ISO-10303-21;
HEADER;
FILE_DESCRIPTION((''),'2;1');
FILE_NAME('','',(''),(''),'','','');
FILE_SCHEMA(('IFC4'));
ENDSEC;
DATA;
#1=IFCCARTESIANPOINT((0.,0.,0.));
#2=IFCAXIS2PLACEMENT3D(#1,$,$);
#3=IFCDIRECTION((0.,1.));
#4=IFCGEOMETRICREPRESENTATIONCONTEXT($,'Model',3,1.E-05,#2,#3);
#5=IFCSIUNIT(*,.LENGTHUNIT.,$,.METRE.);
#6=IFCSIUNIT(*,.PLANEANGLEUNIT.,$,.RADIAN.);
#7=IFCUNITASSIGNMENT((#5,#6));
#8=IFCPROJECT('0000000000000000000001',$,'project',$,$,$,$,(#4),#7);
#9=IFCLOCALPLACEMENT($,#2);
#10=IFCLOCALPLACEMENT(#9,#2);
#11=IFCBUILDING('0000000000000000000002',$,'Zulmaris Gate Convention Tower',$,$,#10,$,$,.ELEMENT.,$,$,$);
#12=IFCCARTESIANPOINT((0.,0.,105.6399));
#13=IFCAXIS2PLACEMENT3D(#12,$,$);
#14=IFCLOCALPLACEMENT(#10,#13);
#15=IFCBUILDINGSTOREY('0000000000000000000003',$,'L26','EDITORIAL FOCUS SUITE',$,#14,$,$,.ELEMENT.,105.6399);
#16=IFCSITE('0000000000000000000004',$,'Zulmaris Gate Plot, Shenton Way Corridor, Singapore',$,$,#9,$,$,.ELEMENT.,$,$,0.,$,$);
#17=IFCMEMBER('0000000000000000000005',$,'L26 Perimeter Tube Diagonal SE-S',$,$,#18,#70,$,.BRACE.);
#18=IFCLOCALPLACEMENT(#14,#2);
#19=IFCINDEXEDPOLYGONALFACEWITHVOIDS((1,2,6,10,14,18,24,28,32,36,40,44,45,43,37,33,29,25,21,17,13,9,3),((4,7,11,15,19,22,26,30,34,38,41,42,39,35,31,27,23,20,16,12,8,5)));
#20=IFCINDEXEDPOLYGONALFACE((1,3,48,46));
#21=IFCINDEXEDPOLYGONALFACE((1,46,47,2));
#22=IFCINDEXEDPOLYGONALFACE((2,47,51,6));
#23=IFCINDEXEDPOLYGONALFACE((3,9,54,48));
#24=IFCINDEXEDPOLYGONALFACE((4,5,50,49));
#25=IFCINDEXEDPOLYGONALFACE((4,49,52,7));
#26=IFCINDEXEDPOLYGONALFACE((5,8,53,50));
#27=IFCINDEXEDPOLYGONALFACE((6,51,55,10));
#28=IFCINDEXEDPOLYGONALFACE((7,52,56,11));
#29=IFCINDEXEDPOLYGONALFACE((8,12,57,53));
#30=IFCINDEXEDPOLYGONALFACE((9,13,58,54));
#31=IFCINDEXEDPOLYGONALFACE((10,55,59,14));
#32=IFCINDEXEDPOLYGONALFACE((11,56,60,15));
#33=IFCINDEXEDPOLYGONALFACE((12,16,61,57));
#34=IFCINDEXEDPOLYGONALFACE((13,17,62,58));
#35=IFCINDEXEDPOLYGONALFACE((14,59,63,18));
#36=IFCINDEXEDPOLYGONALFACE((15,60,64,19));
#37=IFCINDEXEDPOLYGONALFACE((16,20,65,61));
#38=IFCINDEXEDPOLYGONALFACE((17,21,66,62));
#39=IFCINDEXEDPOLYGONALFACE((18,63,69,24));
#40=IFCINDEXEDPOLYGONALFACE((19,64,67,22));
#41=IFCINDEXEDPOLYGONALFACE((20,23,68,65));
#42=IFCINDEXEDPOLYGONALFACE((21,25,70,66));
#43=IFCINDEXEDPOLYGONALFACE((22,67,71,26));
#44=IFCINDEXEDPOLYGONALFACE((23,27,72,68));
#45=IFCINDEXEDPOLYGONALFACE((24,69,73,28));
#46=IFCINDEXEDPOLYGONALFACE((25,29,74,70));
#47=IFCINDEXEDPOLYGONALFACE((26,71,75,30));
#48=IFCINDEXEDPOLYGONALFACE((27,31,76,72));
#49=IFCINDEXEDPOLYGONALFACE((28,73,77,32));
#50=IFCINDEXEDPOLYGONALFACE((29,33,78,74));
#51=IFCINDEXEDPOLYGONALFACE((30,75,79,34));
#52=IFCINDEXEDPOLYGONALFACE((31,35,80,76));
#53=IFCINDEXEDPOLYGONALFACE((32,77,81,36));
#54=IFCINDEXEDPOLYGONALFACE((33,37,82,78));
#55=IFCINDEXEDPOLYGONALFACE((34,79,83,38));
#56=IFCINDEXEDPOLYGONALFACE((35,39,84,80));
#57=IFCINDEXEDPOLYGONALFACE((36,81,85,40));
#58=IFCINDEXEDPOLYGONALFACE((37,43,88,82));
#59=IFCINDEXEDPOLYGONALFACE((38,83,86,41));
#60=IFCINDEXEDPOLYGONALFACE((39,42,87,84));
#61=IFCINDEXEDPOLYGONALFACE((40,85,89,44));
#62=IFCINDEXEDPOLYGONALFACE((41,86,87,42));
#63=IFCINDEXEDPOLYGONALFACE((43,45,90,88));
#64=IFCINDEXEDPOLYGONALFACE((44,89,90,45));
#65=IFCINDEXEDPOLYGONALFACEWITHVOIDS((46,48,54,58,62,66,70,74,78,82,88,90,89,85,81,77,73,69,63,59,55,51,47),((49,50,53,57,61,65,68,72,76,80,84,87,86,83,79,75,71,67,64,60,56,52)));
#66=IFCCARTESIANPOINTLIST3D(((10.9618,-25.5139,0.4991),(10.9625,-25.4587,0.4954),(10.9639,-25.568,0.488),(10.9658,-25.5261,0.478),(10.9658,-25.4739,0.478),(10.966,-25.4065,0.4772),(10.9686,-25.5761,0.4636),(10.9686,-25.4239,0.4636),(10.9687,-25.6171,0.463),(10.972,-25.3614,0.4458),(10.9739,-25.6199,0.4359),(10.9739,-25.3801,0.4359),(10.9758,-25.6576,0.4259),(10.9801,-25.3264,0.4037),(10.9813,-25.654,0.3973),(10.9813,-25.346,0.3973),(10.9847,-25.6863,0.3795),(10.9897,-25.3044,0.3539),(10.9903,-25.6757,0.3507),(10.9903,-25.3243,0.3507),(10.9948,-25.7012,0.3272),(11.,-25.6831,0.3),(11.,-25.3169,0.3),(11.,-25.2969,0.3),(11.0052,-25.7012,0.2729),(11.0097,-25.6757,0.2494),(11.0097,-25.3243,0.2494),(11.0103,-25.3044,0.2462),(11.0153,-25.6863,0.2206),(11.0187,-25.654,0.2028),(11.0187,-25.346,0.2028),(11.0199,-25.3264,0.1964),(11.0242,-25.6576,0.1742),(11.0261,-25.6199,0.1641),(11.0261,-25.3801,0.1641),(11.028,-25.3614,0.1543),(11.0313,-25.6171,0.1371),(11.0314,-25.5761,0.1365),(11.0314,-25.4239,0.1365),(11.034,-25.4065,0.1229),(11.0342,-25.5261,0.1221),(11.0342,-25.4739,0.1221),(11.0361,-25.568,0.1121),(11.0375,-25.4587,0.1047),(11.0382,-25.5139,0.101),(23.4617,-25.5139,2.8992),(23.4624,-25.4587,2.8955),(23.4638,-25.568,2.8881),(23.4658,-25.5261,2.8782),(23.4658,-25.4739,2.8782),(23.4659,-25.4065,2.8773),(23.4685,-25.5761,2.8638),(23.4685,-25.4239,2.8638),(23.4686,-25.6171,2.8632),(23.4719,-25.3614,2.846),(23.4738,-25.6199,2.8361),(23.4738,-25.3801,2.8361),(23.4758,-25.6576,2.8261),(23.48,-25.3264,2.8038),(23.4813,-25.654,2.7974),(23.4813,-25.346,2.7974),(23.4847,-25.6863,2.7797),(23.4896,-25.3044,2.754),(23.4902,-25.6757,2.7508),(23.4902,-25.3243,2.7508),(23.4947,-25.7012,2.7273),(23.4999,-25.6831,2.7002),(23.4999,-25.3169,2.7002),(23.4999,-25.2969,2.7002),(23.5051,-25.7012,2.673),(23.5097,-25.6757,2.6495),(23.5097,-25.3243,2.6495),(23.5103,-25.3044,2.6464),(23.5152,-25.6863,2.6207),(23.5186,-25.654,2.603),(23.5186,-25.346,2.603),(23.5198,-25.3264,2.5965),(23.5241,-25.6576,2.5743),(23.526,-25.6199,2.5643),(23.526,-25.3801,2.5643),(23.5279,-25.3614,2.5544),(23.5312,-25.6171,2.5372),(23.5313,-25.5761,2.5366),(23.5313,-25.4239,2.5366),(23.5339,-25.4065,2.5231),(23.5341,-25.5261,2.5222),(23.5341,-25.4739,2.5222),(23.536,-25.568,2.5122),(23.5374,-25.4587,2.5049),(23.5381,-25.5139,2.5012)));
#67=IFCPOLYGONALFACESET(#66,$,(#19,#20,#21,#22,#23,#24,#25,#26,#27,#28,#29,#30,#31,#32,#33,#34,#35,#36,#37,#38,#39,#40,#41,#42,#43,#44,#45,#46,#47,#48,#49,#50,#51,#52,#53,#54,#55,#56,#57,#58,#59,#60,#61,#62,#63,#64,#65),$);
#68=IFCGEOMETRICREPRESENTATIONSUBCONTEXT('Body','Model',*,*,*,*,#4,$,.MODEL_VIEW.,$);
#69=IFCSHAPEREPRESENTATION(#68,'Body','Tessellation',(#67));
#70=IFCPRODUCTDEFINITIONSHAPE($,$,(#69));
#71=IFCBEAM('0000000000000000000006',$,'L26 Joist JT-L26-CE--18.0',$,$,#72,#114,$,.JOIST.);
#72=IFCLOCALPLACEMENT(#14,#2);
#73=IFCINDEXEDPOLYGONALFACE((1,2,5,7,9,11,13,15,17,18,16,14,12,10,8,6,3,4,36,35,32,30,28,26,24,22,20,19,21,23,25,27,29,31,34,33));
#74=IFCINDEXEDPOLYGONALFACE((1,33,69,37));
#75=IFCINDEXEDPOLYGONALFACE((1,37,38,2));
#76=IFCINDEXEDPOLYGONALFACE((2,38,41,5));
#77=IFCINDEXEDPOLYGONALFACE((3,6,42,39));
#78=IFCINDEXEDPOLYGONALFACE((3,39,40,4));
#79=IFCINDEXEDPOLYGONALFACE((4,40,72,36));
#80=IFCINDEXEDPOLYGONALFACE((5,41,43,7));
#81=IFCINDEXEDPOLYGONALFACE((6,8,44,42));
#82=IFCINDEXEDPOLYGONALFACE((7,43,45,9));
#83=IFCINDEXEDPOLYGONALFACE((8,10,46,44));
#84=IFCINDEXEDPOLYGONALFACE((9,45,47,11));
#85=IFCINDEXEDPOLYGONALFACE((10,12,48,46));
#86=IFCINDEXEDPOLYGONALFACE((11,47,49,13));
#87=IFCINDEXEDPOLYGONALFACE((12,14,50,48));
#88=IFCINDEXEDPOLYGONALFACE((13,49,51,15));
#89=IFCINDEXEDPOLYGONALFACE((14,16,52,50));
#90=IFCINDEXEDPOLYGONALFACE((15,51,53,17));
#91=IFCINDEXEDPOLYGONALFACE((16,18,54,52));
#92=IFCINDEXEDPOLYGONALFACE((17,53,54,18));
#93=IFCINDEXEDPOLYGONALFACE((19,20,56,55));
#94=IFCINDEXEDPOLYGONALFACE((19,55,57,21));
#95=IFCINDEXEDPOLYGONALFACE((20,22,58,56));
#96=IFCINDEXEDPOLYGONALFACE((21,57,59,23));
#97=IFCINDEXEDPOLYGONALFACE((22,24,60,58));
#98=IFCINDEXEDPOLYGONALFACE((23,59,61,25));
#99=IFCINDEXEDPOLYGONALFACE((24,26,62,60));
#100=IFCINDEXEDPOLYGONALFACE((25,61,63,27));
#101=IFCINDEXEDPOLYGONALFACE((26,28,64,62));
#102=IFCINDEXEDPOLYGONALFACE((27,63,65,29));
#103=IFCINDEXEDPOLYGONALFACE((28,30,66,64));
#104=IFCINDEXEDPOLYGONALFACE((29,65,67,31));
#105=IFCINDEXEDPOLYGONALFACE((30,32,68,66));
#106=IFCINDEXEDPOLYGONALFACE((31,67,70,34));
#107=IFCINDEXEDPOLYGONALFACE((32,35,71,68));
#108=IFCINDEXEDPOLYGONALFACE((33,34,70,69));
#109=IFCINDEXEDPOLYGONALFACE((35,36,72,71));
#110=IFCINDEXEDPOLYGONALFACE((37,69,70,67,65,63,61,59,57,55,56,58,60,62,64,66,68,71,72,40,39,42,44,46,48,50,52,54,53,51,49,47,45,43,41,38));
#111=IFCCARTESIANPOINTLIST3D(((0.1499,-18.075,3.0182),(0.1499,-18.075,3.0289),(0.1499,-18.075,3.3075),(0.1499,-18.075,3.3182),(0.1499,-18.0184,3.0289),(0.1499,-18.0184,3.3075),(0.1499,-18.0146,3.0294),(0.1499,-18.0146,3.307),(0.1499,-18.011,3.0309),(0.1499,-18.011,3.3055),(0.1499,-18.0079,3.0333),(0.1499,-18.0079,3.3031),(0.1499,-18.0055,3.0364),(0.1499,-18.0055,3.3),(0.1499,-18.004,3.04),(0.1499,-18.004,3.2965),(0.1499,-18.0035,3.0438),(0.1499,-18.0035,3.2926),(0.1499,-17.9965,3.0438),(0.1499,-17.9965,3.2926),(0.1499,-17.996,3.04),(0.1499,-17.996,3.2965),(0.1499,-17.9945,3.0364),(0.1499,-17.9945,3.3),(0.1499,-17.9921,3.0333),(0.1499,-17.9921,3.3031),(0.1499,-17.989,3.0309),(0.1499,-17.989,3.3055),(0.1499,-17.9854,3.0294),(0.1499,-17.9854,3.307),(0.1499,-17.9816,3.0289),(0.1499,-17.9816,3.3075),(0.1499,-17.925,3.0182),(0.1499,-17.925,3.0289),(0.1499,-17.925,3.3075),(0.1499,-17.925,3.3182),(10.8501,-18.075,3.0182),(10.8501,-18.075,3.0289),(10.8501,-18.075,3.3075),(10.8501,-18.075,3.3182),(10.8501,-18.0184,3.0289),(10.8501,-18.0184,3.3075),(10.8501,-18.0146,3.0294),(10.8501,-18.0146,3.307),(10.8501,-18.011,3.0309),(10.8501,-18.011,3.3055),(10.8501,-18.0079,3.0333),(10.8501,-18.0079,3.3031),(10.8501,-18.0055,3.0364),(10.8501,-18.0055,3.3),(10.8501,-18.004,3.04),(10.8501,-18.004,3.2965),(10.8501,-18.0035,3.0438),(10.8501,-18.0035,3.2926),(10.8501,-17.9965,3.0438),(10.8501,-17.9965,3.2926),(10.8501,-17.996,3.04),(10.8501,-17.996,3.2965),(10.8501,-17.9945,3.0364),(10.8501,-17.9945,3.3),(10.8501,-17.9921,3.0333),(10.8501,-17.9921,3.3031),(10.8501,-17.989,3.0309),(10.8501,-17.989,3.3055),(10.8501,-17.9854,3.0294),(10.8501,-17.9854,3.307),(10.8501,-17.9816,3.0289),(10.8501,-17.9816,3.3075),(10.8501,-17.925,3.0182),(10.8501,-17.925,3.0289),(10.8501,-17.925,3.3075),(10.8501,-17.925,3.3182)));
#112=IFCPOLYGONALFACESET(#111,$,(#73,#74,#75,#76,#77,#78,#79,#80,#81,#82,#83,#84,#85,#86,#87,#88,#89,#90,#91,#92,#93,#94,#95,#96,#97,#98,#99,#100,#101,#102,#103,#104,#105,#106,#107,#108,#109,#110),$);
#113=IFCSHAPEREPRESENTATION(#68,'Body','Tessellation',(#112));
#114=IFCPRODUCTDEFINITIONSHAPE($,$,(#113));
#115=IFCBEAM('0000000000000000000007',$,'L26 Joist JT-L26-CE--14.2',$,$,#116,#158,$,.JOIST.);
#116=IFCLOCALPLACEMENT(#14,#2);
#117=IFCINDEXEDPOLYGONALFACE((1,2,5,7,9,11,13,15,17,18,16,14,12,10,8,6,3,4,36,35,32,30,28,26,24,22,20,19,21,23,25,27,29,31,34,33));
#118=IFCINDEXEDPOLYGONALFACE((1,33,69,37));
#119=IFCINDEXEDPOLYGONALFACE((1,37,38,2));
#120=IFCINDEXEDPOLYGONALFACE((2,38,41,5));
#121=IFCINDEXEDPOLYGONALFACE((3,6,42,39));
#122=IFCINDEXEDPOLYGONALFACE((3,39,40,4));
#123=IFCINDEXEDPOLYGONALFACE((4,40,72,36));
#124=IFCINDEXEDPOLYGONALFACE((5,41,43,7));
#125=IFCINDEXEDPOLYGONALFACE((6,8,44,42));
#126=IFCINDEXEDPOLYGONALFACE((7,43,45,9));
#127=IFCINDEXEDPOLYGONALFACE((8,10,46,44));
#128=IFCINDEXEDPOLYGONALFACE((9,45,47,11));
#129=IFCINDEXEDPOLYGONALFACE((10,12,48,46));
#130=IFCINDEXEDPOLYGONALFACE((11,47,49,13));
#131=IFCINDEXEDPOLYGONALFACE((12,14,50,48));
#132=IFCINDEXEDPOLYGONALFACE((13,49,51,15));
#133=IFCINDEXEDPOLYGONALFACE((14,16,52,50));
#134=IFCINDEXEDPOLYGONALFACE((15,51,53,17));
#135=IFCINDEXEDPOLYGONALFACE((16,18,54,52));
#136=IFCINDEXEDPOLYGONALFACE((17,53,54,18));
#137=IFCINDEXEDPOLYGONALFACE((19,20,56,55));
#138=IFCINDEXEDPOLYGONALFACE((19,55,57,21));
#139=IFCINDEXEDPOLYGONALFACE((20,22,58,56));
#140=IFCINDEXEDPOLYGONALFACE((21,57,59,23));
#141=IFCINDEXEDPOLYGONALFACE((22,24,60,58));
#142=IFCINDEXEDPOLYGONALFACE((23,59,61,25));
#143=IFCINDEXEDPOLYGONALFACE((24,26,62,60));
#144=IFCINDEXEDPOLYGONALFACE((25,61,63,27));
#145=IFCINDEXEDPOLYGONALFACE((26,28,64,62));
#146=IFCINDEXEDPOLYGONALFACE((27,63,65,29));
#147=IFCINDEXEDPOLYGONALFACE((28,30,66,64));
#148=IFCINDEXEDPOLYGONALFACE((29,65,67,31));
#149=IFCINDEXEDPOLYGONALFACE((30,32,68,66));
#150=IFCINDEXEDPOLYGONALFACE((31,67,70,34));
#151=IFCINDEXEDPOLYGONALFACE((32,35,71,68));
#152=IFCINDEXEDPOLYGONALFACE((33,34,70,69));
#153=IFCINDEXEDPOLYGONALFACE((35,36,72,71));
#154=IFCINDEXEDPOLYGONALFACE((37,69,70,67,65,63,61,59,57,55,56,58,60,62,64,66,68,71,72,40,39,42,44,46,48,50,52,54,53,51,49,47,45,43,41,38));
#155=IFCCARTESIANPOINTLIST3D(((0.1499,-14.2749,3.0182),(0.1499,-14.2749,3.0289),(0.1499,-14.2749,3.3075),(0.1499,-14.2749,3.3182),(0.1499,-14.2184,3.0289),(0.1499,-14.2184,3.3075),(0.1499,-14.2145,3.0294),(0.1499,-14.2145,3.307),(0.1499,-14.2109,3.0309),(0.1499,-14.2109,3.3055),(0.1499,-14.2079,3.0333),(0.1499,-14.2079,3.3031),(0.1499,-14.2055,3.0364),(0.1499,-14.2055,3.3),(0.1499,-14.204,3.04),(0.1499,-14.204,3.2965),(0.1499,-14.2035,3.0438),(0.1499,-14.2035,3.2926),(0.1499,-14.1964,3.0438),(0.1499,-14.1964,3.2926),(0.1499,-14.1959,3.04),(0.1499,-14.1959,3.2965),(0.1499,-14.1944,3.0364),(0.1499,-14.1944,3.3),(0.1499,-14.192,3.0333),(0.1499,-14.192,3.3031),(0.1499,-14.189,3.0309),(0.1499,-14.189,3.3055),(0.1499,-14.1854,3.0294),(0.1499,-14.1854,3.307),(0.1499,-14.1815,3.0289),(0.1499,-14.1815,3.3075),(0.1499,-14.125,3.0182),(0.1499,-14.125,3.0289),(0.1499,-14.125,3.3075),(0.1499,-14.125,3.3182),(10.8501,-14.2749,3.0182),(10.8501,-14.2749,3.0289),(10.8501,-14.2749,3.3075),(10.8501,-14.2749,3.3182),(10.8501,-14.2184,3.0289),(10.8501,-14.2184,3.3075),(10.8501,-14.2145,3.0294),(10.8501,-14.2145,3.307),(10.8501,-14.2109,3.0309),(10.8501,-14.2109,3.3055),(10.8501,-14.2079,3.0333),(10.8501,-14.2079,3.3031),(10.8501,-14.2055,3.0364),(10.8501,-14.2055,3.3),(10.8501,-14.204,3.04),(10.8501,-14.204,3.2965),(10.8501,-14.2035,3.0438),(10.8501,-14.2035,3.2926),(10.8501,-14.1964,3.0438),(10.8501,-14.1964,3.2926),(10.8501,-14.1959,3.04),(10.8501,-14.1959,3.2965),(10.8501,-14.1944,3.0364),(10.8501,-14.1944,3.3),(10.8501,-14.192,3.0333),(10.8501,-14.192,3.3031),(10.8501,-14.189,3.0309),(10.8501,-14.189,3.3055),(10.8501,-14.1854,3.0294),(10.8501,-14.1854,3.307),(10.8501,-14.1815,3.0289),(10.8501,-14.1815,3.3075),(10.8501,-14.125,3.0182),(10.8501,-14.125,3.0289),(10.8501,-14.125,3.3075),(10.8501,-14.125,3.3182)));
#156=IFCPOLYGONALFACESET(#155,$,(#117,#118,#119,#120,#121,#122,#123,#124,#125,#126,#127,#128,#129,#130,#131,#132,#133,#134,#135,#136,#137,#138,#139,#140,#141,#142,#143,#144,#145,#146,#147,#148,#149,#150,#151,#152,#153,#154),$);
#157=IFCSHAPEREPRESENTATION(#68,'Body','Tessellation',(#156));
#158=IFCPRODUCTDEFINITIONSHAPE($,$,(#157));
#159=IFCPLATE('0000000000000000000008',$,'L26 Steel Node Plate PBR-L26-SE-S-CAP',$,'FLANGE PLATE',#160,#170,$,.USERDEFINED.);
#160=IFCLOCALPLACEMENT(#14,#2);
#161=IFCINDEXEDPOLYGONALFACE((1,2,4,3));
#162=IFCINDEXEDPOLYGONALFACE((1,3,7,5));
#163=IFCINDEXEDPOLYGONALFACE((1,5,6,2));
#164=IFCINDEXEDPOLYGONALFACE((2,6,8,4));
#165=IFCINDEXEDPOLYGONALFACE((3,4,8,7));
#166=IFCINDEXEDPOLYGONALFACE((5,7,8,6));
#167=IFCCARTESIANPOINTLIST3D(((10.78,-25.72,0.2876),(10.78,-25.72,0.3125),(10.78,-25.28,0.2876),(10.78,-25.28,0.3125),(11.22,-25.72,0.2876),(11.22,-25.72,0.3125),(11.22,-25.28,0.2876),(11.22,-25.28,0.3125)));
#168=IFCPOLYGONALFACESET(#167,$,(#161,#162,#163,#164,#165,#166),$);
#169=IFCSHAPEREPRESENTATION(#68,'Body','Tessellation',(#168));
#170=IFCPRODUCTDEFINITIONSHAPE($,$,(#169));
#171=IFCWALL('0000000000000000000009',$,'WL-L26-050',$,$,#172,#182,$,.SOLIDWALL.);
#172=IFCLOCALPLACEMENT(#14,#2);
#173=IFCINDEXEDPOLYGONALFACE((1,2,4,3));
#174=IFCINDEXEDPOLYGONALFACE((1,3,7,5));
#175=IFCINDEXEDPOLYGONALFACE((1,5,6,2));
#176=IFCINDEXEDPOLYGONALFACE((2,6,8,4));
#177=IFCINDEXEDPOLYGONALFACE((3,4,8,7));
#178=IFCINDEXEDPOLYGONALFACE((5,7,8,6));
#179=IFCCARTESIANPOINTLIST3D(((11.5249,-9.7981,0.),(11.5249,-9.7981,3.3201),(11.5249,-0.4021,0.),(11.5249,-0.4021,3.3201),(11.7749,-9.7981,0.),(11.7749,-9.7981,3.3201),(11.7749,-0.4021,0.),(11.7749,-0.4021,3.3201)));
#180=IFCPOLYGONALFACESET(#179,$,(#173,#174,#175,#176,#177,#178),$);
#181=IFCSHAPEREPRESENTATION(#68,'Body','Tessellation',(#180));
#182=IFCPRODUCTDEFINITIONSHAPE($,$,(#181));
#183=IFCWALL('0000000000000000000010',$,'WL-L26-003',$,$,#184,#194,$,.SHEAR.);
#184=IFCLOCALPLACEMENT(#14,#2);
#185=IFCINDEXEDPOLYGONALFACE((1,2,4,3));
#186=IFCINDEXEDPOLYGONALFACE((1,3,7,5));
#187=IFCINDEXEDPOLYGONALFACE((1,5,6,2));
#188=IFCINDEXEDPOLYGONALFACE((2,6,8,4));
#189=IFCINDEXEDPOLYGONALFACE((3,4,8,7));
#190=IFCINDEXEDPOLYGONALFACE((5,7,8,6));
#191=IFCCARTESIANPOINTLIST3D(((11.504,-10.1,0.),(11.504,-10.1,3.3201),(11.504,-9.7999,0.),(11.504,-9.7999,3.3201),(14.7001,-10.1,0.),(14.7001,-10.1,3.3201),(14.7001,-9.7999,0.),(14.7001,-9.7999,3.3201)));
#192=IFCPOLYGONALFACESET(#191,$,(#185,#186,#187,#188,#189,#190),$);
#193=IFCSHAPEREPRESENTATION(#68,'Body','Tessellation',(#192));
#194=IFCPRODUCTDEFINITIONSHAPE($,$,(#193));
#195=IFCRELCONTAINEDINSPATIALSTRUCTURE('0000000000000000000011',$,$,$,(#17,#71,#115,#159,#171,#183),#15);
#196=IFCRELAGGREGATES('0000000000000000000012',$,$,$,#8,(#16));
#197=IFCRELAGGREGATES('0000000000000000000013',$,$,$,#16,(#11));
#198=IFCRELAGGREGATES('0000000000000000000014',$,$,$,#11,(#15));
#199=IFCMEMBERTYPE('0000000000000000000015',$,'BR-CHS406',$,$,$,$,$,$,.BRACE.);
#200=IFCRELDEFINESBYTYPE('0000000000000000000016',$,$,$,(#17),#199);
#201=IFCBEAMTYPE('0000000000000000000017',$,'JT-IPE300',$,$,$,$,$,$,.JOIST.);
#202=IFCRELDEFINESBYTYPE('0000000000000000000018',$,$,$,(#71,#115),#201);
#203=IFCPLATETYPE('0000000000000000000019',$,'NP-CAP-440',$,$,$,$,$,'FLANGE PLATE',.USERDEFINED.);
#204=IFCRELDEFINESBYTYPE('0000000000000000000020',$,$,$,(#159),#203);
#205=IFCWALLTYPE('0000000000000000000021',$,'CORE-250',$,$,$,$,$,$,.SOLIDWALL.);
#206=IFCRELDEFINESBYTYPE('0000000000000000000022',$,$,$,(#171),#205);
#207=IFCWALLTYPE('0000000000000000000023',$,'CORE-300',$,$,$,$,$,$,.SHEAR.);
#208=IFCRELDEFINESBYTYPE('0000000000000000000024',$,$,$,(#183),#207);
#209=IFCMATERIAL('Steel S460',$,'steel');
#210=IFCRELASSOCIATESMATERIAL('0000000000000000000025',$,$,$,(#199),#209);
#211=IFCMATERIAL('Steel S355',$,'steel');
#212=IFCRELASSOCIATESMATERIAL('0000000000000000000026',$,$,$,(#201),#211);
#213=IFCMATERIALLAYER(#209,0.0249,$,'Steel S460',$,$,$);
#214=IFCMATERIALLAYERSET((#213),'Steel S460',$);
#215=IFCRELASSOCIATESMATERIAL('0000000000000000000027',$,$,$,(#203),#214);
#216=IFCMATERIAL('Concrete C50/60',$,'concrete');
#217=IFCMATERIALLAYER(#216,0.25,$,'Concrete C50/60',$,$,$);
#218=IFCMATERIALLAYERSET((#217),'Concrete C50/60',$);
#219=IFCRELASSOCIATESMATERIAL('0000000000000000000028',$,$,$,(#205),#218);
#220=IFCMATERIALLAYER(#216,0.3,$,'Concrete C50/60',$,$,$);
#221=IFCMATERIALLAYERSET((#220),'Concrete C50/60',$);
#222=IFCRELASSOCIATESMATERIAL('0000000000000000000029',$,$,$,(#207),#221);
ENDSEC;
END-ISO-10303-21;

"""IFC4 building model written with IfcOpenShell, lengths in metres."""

from ifc_helpers import new_model, si_unit, direction, frame, frame_2d, origin, origin_2d, place, context, subcontext, project, spatial, rectangle, hollow_circle, i_section, extrude, material, layer, layer_set, material_profile, profile_set, type_object, element, save


model = new_model("IFC4")

# Units and contexts
model_context = context("Model", 3, precision=1e-05, world=origin(), true_north=direction((0.0, 1.0)))
body_context = subcontext(model_context, "Body", "Model", "MODEL_VIEW")
ifc_project = project(units=[si_unit("LENGTHUNIT", "METRE"), si_unit("PLANEANGLEUNIT", "RADIAN")], contexts=[model_context])

# Site, building, storey
site_placement = place(None, origin())
site = spatial("IfcSite", under=ifc_project, at=site_placement, Name="Zulmaris Gate Plot, Shenton Way Corridor, Singapore", CompositionType="ELEMENT", RefElevation=0.0)
building_placement = place(site_placement, origin())
building = spatial("IfcBuilding", under=site, at=building_placement, Name="Zulmaris Gate Convention Tower", CompositionType="ELEMENT")
storey_placement = place(building_placement, frame((0.0, 0.0, 105.6399)))
storey = spatial("IfcBuildingStorey", under=building, at=storey_placement, Name="L26", Description="EDITORIAL FOCUS SUITE", CompositionType="ELEMENT", Elevation=105.6399)

# Shared definitions
ifc_material_1 = material(Name="Steel S355", Category="steel")

# Member
ifc_material_2 = material(Name="Steel S460", Category="steel")
ifc_material_profile_1 = material_profile(ifc_material_2, hollow_circle(Radius=0.2031, WallThickness=0.02, at=origin_2d()), Name="CHS 406.4x20")
ifc_profile_set_1 = profile_set([ifc_material_profile_1], Name="Steel S460")
member_type = type_object("IfcMemberType", Name="BR-CHS406", PredefinedType="BRACE", material=ifc_profile_set_1)
member_placement = place(storey_placement, frame((11.0, -25.5, 0.3), z_axis=(0.98206, 0.0, 0.188567), x_axis=(0.0, 1.0, 0.0)))
element("IfcMember", 1, at=member_placement, inside=storey, type_object=member_type, Name="L26 Perimeter Tube Diagonal SE-S", PredefinedType="BRACE", context=body_context, shape_type="SweptSolid", body=[
    extrude(hollow_circle(Radius=0.2031, WallThickness=0.02, at=origin_2d()), origin(), (0.0, 0.0, 1.0), 12.7283),
])

# Beams
ifc_material_profile_2 = material_profile(ifc_material_1, i_section(OverallWidth=0.1499, OverallDepth=0.3, WebThickness=0.0071, FlangeThickness=0.0107, FilletRadius=0.0149, at=origin_2d()), Name="IPE 300")
ifc_profile_set_2 = profile_set([ifc_material_profile_2], Name="Steel S355")
beam_type_1 = type_object("IfcBeamType", Name="JT-IPE300", PredefinedType="JOIST", material=ifc_profile_set_2)
for number, where, z_axis, x_axis, name in (
    (2, (0.1499, -18.0, 3.1682), (1.0, 0.0, 0.0), (0.0, 1.0, 0.0), "L26 Joist JT-L26-CE--18.0"),
    (3, (0.1499, -14.2, 3.1682), (1.0, 0.0, 0.0), (0.0, 1.0, 0.0), "L26 Joist JT-L26-CE--14.2"),
):
    element("IfcBeam", number, at=place(storey_placement, frame(where, z_axis=z_axis, x_axis=x_axis)), inside=storey, type_object=beam_type_1, Name=name, PredefinedType="JOIST", context=body_context, shape_type="SweptSolid", body=[
        extrude(i_section(OverallWidth=0.1499, OverallDepth=0.3, WebThickness=0.0071, FlangeThickness=0.0107, FilletRadius=0.0149, at=origin_2d()), origin(), (0.0, 0.0, 1.0), 10.7002),
    ])

# Plate
ifc_layer_1 = layer(ifc_material_2, 0.0249, Name="Steel S460")
ifc_layer_set_1 = layer_set([ifc_layer_1], Name="Steel S460")
plate_type = type_object("IfcPlateType", Name="NP-CAP-440", ElementType="FLANGE PLATE", PredefinedType="USERDEFINED", material=ifc_layer_set_1)
plate_placement = place(storey_placement, frame((11.0, -25.5, 0.2876), z_axis=(0.0, 0.0, 1.0), x_axis=(1.0, 0.0, 0.0)))
element("IfcPlate", 4, at=plate_placement, inside=storey, type_object=plate_type, Name="L26 Steel Node Plate PBR-L26-SE-S-CAP", ObjectType="FLANGE PLATE", PredefinedType="USERDEFINED", context=body_context, shape_type="SweptSolid", body=[
    extrude(rectangle(XDim=0.4399, YDim=0.4399, at=origin_2d()), origin(), (0.0, 0.0, 1.0), 0.0249),
])

# Walls
ifc_material_3 = material(Name="Concrete C50/60", Category="concrete")
ifc_layer_2 = layer(ifc_material_3, 0.25, Name="Concrete C50/60")
ifc_layer_set_2 = layer_set([ifc_layer_2], Name="Concrete C50/60")
wall_type_1 = type_object("IfcWallType", Name="CORE-250", PredefinedType="SOLIDWALL", material=ifc_layer_set_2)
wall_1_placement = place(storey_placement, frame((11.6499, -9.7981, 0.0), z_axis=(0.0, 0.0, 1.0), x_axis=(0.0, 1.0, 0.0)))
element("IfcWall", 5, at=wall_1_placement, inside=storey, type_object=wall_type_1, Name="WL-L26-050", PredefinedType="SOLIDWALL", context=body_context, shape_type="SweptSolid", body=[
    extrude(rectangle(XDim=9.396, YDim=0.25, at=frame_2d((4.698, 0.0))), origin(), (0.0, 0.0, 1.0), 3.3201),
])
ifc_layer_3 = layer(ifc_material_3, 0.3, Name="Concrete C50/60")
ifc_layer_set_3 = layer_set([ifc_layer_3], Name="Concrete C50/60")
wall_type_2 = type_object("IfcWallType", Name="CORE-300", PredefinedType="SHEAR", material=ifc_layer_set_3)
wall_2_placement = place(storey_placement, frame((11.5039, -9.95, 0.0), z_axis=(0.0, 0.0, 1.0), x_axis=(1.0, 0.0, 0.0)))
element("IfcWall", 6, at=wall_2_placement, inside=storey, type_object=wall_type_2, Name="WL-L26-003", PredefinedType="SHEAR", context=body_context, shape_type="SweptSolid", body=[
    extrude(rectangle(XDim=3.196, YDim=0.3, at=frame_2d((1.5981, 0.0))), origin(), (0.0, 0.0, 1.0), 3.3201),
])

save(model, "model.ifc")
